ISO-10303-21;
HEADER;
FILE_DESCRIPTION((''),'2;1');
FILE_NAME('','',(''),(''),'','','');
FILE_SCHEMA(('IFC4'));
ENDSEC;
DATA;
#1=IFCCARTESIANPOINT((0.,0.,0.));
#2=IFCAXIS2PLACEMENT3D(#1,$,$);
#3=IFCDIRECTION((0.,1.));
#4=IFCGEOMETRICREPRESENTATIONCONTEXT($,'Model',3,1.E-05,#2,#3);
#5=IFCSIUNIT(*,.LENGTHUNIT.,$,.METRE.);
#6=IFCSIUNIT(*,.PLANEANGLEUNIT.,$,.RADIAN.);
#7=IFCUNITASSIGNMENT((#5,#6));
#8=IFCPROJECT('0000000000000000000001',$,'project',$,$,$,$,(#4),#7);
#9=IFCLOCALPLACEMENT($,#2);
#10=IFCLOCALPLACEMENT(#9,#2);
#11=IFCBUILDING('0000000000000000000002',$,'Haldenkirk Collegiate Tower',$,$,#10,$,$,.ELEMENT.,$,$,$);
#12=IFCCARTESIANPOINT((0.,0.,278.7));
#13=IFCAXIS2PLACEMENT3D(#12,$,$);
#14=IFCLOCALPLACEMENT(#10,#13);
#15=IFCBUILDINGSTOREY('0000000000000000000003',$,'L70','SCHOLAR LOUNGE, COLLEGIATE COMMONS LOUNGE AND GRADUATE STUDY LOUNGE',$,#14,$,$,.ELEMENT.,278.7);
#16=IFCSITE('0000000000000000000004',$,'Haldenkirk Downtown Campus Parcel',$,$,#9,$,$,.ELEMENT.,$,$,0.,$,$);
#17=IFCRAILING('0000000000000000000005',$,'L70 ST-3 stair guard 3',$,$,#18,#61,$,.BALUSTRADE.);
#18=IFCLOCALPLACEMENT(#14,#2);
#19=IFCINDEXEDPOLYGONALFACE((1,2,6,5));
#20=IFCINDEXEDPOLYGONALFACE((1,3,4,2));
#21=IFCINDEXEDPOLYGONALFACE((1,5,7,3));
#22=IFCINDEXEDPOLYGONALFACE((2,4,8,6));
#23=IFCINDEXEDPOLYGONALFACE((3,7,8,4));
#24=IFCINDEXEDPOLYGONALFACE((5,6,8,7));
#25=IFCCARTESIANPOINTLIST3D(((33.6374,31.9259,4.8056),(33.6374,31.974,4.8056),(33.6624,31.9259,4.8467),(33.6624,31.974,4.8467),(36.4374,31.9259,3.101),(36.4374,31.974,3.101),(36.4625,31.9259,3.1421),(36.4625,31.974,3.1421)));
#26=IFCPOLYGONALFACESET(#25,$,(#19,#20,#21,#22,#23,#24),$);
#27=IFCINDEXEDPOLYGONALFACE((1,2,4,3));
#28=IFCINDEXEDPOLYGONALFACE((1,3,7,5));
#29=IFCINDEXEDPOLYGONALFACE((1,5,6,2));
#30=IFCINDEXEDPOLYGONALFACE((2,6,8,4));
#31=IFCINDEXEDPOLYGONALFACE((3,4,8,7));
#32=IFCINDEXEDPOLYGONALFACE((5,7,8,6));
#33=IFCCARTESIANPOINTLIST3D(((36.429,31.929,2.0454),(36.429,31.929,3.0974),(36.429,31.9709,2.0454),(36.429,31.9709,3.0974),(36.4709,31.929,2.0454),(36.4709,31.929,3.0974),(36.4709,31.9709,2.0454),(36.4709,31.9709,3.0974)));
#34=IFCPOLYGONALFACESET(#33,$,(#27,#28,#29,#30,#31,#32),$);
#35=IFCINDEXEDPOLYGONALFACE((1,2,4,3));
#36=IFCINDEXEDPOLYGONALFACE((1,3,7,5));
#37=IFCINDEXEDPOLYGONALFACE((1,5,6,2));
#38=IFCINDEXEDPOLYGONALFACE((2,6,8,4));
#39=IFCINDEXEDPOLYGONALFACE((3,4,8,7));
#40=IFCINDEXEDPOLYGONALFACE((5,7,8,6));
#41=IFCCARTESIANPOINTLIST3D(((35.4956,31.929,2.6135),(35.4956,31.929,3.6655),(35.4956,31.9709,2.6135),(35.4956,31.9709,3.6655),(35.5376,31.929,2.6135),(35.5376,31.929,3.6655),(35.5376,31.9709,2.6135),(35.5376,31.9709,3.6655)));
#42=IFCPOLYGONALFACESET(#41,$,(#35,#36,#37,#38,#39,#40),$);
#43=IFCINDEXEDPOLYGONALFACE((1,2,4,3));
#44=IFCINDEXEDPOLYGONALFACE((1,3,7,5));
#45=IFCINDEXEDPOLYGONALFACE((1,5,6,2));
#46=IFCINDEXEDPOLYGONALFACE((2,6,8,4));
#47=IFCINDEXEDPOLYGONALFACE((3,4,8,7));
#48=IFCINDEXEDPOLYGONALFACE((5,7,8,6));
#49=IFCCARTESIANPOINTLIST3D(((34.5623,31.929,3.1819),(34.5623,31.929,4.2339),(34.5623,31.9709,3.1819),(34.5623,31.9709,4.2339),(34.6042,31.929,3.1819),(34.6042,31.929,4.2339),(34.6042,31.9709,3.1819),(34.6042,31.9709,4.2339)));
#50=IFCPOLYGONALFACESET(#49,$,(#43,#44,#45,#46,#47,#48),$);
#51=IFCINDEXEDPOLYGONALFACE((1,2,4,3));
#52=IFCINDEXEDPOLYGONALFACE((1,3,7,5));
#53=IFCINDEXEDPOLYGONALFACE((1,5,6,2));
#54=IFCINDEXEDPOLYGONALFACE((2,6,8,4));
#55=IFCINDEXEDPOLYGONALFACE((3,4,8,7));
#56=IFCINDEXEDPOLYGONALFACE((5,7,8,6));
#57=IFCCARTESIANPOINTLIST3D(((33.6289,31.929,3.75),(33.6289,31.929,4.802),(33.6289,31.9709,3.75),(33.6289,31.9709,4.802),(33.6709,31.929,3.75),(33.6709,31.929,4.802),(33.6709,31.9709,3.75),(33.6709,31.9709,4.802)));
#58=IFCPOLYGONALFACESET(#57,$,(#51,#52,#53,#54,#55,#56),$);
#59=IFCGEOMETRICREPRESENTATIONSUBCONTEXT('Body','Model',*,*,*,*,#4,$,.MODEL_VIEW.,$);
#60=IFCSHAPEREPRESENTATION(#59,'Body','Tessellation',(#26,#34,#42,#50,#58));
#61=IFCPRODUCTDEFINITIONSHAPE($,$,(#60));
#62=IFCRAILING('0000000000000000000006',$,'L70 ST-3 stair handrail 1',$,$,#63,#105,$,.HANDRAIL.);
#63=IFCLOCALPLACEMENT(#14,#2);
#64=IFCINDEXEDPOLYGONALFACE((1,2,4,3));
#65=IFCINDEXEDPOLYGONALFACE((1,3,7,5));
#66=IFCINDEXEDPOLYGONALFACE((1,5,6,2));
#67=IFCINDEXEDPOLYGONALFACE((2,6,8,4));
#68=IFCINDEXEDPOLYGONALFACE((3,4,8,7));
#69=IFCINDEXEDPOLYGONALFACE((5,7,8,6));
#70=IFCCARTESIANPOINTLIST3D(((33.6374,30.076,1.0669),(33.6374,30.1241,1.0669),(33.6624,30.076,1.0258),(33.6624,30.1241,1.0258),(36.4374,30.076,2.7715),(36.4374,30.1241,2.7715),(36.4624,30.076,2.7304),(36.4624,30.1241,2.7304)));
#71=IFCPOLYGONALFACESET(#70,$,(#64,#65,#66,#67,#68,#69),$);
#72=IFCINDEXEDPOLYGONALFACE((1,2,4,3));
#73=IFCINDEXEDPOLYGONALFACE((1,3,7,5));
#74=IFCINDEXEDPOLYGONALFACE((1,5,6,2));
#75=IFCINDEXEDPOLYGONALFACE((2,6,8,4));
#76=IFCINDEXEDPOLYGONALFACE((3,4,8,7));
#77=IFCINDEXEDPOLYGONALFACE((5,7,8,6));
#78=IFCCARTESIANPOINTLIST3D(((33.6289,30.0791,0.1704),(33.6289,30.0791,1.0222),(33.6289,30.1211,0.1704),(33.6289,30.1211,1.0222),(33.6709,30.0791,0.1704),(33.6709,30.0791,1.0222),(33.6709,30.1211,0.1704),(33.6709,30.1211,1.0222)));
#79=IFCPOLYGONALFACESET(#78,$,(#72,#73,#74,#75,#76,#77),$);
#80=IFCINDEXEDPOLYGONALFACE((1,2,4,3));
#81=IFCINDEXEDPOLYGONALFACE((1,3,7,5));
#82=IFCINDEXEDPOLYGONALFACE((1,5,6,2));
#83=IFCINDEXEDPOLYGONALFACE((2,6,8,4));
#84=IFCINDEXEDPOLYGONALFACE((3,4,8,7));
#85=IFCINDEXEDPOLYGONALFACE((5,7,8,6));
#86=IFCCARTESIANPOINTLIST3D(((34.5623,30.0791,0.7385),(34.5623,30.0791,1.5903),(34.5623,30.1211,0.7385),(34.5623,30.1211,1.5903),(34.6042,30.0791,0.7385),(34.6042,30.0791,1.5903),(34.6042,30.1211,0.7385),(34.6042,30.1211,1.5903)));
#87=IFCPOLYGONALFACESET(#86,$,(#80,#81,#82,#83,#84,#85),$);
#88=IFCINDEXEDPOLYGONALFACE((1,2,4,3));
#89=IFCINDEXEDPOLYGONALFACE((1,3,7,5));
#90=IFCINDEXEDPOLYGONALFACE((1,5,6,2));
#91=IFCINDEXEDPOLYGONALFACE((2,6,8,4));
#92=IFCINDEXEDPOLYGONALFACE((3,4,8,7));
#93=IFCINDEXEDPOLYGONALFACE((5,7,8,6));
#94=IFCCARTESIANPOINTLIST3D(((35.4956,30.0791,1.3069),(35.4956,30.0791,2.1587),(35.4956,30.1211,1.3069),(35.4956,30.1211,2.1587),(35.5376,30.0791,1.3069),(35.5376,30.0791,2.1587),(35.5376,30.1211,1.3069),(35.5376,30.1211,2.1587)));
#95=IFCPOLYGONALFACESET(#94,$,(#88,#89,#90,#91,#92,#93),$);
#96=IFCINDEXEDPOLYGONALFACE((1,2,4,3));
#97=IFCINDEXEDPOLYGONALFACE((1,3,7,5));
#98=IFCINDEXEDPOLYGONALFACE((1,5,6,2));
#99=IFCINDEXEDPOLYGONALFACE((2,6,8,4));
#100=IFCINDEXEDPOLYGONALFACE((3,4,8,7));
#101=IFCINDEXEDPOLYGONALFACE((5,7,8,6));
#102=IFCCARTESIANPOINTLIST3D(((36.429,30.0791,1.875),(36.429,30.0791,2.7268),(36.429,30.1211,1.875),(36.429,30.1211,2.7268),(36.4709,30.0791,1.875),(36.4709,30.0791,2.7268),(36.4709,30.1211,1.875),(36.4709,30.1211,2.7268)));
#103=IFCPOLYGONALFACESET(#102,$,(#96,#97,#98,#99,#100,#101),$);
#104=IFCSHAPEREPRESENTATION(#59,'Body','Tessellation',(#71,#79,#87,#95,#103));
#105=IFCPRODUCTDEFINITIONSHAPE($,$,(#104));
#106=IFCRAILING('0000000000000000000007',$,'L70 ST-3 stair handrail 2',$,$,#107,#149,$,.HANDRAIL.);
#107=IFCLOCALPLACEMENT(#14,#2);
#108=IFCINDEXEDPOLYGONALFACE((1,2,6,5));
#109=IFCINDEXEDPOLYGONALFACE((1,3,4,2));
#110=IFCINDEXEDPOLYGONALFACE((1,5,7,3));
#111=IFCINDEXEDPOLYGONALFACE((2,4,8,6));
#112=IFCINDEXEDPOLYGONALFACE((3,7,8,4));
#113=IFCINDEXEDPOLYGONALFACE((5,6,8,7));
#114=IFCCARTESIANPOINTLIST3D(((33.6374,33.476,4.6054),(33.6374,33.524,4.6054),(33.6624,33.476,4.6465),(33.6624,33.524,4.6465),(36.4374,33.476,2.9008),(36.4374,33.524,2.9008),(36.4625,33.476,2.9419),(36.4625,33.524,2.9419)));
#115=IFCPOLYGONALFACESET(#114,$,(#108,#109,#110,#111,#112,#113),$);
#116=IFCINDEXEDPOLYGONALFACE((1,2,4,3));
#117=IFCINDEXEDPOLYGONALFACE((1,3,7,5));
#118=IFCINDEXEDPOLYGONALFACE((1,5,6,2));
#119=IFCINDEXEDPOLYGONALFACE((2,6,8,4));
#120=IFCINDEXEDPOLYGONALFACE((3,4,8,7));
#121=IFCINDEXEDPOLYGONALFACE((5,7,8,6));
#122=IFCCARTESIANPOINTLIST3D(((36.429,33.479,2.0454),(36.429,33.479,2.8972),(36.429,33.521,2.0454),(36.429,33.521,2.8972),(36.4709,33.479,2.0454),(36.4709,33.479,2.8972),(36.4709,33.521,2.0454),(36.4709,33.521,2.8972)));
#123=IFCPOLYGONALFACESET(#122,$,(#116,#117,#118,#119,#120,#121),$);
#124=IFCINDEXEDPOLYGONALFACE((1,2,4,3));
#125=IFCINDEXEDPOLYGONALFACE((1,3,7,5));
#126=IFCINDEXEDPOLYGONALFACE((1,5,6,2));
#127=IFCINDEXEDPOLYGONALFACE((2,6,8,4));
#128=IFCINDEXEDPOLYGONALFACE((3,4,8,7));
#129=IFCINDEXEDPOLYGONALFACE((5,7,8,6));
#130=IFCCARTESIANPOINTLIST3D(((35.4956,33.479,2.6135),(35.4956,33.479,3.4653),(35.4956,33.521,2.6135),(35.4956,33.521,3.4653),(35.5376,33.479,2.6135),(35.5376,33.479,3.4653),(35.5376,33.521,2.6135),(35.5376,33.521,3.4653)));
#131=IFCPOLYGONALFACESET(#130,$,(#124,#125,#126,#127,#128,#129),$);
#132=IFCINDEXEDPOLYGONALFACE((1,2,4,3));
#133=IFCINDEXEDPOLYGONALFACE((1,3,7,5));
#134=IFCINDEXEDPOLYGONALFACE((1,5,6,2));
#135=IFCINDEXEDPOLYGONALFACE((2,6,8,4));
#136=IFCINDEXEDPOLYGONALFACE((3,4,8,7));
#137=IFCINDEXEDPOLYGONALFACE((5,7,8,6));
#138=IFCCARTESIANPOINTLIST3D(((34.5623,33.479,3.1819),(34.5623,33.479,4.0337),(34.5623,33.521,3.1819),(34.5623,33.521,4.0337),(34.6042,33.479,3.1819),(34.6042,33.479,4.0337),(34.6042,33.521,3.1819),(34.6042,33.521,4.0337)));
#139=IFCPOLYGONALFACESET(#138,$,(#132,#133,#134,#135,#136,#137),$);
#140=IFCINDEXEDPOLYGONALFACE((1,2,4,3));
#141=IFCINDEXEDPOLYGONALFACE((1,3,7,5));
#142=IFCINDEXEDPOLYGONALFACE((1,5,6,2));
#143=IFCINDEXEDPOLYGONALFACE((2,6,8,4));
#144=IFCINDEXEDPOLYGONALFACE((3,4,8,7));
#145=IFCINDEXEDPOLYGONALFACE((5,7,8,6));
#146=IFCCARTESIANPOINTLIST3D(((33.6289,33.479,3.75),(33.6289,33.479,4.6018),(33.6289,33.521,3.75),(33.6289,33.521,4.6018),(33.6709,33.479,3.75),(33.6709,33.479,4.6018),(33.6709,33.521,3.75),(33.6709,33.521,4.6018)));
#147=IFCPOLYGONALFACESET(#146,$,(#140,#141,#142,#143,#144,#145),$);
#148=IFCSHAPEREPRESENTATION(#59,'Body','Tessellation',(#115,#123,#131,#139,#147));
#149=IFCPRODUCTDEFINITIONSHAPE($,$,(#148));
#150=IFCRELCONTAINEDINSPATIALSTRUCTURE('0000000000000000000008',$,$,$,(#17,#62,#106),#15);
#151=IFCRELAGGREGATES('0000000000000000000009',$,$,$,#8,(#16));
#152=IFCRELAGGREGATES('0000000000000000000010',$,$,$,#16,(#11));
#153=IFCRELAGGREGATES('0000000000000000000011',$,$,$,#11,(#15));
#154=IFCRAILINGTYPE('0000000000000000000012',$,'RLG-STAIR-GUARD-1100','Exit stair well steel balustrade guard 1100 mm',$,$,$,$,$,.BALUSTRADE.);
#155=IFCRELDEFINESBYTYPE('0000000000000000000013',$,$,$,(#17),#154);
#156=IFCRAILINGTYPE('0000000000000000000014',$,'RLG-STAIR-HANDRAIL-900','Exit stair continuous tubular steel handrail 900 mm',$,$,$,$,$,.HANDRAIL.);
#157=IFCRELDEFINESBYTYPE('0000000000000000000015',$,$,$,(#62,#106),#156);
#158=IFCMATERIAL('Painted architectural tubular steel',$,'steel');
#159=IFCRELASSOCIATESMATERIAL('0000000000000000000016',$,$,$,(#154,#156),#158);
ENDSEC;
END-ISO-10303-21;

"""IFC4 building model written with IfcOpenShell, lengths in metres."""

from ifc_helpers import new_model, si_unit, direction, frame, origin, origin_2d, place, context, subcontext, project, spatial, rectangle, extrude, material, type_object, element, save


model = new_model("IFC4")

# Units and contexts
model_context = context("Model", 3, precision=1e-05, world=origin(), true_north=direction((0.0, 1.0)))
body_context = subcontext(model_context, "Body", "Model", "MODEL_VIEW")
ifc_project = project(units=[si_unit("LENGTHUNIT", "METRE"), si_unit("PLANEANGLEUNIT", "RADIAN")], contexts=[model_context])

# Site, building, storey
site_placement = place(None, origin())
site = spatial("IfcSite", under=ifc_project, at=site_placement, Name="Haldenkirk Downtown Campus Parcel", CompositionType="ELEMENT", RefElevation=0.0)
building_placement = place(site_placement, origin())
building = spatial("IfcBuilding", under=site, at=building_placement, Name="Haldenkirk Collegiate Tower", CompositionType="ELEMENT")
storey_placement = place(building_placement, frame((0.0, 0.0, 278.7)))
storey = spatial("IfcBuildingStorey", under=building, at=storey_placement, Name="L70", Description="SCHOLAR LOUNGE, COLLEGIATE COMMONS LOUNGE AND GRADUATE STUDY LOUNGE", CompositionType="ELEMENT", Elevation=278.7)

# Railings
ifc_material_1 = material(Name="Painted architectural tubular steel", Category="steel")
railing_type_1 = type_object("IfcRailingType", Name="RLG-STAIR-GUARD-1100", Description="Exit stair well steel balustrade guard 1100 mm", PredefinedType="BALUSTRADE", material=ifc_material_1)
railing_1_placement = place(storey_placement, frame((36.45, 31.95, 2.0454)))
element("IfcRailing", 1, at=railing_1_placement, inside=storey, type_object=railing_type_1, Name="L70 ST-3 stair guard 3", PredefinedType="BALUSTRADE", context=body_context, shape_type="SweptSolid", body=[
    extrude(rectangle(XDim=0.0481, YDim=0.0481, at=origin_2d()), frame((0.0, 0.0, 1.0762), z_axis=(-0.85417, 0.0, 0.519994), x_axis=(0.0, -1.0, 0.0)), (0.0, 0.0, 1.0), 3.2781),
    extrude(rectangle(XDim=0.042, YDim=0.042, at=origin_2d()), origin(), (0.0, 0.0, 1.0), 1.052),
    extrude(rectangle(XDim=0.042, YDim=0.042, at=origin_2d()), frame((-0.9333, 0.0, 0.5681)), (0.0, 0.0, 1.0), 1.052),
    extrude(rectangle(XDim=0.042, YDim=0.042, at=origin_2d()), frame((-1.8667, 0.0, 1.1365)), (0.0, 0.0, 1.0), 1.052),
    extrude(rectangle(XDim=0.042, YDim=0.042, at=origin_2d()), frame((-2.8, 0.0, 1.7046)), (0.0, 0.0, 1.0), 1.052),
])
railing_type_2 = type_object("IfcRailingType", Name="RLG-STAIR-HANDRAIL-900", Description="Exit stair continuous tubular steel handrail 900 mm", PredefinedType="HANDRAIL", material=ifc_material_1)
railing_2_placement = place(storey_placement, frame((33.6499, 30.1001, 0.1704)))
element("IfcRailing", 2, at=railing_2_placement, inside=storey, type_object=railing_type_2, Name="L70 ST-3 stair handrail 1", PredefinedType="HANDRAIL", context=body_context, shape_type="SweptSolid", body=[
    extrude(rectangle(XDim=0.0481, YDim=0.0481, at=origin_2d()), frame((0.0, 0.0, 0.876), z_axis=(0.85417, 0.0, 0.519994), x_axis=(0.0, 1.0, 0.0)), (0.0, 0.0, 1.0), 3.2781),
    extrude(rectangle(XDim=0.042, YDim=0.042, at=origin_2d()), origin(), (0.0, 0.0, 1.0), 0.8518),
    extrude(rectangle(XDim=0.042, YDim=0.042, at=origin_2d()), frame((0.9333, 0.0, 0.5681)), (0.0, 0.0, 1.0), 0.8518),
    extrude(rectangle(XDim=0.042, YDim=0.042, at=origin_2d()), frame((1.8667, 0.0, 1.1365)), (0.0, 0.0, 1.0), 0.8518),
    extrude(rectangle(XDim=0.042, YDim=0.042, at=origin_2d()), frame((2.8, 0.0, 1.7046)), (0.0, 0.0, 1.0), 0.8518),
])
railing_3_placement = place(storey_placement, frame((36.45, 33.5, 2.0454)))
element("IfcRailing", 3, at=railing_3_placement, inside=storey, type_object=railing_type_2, Name="L70 ST-3 stair handrail 2", PredefinedType="HANDRAIL", context=body_context, shape_type="SweptSolid", body=[
    extrude(rectangle(XDim=0.0481, YDim=0.0481, at=origin_2d()), frame((0.0, 0.0, 0.876), z_axis=(-0.85417, 0.0, 0.519994), x_axis=(0.0, -1.0, 0.0)), (0.0, 0.0, 1.0), 3.2781),
    extrude(rectangle(XDim=0.042, YDim=0.042, at=origin_2d()), origin(), (0.0, 0.0, 1.0), 0.8518),
    extrude(rectangle(XDim=0.042, YDim=0.042, at=origin_2d()), frame((-0.9333, 0.0, 0.5681)), (0.0, 0.0, 1.0), 0.8518),
    extrude(rectangle(XDim=0.042, YDim=0.042, at=origin_2d()), frame((-1.8667, 0.0, 1.1365)), (0.0, 0.0, 1.0), 0.8518),
    extrude(rectangle(XDim=0.042, YDim=0.042, at=origin_2d()), frame((-2.8, 0.0, 1.7046)), (0.0, 0.0, 1.0), 0.8518),
])

save(model, "model.ifc")
